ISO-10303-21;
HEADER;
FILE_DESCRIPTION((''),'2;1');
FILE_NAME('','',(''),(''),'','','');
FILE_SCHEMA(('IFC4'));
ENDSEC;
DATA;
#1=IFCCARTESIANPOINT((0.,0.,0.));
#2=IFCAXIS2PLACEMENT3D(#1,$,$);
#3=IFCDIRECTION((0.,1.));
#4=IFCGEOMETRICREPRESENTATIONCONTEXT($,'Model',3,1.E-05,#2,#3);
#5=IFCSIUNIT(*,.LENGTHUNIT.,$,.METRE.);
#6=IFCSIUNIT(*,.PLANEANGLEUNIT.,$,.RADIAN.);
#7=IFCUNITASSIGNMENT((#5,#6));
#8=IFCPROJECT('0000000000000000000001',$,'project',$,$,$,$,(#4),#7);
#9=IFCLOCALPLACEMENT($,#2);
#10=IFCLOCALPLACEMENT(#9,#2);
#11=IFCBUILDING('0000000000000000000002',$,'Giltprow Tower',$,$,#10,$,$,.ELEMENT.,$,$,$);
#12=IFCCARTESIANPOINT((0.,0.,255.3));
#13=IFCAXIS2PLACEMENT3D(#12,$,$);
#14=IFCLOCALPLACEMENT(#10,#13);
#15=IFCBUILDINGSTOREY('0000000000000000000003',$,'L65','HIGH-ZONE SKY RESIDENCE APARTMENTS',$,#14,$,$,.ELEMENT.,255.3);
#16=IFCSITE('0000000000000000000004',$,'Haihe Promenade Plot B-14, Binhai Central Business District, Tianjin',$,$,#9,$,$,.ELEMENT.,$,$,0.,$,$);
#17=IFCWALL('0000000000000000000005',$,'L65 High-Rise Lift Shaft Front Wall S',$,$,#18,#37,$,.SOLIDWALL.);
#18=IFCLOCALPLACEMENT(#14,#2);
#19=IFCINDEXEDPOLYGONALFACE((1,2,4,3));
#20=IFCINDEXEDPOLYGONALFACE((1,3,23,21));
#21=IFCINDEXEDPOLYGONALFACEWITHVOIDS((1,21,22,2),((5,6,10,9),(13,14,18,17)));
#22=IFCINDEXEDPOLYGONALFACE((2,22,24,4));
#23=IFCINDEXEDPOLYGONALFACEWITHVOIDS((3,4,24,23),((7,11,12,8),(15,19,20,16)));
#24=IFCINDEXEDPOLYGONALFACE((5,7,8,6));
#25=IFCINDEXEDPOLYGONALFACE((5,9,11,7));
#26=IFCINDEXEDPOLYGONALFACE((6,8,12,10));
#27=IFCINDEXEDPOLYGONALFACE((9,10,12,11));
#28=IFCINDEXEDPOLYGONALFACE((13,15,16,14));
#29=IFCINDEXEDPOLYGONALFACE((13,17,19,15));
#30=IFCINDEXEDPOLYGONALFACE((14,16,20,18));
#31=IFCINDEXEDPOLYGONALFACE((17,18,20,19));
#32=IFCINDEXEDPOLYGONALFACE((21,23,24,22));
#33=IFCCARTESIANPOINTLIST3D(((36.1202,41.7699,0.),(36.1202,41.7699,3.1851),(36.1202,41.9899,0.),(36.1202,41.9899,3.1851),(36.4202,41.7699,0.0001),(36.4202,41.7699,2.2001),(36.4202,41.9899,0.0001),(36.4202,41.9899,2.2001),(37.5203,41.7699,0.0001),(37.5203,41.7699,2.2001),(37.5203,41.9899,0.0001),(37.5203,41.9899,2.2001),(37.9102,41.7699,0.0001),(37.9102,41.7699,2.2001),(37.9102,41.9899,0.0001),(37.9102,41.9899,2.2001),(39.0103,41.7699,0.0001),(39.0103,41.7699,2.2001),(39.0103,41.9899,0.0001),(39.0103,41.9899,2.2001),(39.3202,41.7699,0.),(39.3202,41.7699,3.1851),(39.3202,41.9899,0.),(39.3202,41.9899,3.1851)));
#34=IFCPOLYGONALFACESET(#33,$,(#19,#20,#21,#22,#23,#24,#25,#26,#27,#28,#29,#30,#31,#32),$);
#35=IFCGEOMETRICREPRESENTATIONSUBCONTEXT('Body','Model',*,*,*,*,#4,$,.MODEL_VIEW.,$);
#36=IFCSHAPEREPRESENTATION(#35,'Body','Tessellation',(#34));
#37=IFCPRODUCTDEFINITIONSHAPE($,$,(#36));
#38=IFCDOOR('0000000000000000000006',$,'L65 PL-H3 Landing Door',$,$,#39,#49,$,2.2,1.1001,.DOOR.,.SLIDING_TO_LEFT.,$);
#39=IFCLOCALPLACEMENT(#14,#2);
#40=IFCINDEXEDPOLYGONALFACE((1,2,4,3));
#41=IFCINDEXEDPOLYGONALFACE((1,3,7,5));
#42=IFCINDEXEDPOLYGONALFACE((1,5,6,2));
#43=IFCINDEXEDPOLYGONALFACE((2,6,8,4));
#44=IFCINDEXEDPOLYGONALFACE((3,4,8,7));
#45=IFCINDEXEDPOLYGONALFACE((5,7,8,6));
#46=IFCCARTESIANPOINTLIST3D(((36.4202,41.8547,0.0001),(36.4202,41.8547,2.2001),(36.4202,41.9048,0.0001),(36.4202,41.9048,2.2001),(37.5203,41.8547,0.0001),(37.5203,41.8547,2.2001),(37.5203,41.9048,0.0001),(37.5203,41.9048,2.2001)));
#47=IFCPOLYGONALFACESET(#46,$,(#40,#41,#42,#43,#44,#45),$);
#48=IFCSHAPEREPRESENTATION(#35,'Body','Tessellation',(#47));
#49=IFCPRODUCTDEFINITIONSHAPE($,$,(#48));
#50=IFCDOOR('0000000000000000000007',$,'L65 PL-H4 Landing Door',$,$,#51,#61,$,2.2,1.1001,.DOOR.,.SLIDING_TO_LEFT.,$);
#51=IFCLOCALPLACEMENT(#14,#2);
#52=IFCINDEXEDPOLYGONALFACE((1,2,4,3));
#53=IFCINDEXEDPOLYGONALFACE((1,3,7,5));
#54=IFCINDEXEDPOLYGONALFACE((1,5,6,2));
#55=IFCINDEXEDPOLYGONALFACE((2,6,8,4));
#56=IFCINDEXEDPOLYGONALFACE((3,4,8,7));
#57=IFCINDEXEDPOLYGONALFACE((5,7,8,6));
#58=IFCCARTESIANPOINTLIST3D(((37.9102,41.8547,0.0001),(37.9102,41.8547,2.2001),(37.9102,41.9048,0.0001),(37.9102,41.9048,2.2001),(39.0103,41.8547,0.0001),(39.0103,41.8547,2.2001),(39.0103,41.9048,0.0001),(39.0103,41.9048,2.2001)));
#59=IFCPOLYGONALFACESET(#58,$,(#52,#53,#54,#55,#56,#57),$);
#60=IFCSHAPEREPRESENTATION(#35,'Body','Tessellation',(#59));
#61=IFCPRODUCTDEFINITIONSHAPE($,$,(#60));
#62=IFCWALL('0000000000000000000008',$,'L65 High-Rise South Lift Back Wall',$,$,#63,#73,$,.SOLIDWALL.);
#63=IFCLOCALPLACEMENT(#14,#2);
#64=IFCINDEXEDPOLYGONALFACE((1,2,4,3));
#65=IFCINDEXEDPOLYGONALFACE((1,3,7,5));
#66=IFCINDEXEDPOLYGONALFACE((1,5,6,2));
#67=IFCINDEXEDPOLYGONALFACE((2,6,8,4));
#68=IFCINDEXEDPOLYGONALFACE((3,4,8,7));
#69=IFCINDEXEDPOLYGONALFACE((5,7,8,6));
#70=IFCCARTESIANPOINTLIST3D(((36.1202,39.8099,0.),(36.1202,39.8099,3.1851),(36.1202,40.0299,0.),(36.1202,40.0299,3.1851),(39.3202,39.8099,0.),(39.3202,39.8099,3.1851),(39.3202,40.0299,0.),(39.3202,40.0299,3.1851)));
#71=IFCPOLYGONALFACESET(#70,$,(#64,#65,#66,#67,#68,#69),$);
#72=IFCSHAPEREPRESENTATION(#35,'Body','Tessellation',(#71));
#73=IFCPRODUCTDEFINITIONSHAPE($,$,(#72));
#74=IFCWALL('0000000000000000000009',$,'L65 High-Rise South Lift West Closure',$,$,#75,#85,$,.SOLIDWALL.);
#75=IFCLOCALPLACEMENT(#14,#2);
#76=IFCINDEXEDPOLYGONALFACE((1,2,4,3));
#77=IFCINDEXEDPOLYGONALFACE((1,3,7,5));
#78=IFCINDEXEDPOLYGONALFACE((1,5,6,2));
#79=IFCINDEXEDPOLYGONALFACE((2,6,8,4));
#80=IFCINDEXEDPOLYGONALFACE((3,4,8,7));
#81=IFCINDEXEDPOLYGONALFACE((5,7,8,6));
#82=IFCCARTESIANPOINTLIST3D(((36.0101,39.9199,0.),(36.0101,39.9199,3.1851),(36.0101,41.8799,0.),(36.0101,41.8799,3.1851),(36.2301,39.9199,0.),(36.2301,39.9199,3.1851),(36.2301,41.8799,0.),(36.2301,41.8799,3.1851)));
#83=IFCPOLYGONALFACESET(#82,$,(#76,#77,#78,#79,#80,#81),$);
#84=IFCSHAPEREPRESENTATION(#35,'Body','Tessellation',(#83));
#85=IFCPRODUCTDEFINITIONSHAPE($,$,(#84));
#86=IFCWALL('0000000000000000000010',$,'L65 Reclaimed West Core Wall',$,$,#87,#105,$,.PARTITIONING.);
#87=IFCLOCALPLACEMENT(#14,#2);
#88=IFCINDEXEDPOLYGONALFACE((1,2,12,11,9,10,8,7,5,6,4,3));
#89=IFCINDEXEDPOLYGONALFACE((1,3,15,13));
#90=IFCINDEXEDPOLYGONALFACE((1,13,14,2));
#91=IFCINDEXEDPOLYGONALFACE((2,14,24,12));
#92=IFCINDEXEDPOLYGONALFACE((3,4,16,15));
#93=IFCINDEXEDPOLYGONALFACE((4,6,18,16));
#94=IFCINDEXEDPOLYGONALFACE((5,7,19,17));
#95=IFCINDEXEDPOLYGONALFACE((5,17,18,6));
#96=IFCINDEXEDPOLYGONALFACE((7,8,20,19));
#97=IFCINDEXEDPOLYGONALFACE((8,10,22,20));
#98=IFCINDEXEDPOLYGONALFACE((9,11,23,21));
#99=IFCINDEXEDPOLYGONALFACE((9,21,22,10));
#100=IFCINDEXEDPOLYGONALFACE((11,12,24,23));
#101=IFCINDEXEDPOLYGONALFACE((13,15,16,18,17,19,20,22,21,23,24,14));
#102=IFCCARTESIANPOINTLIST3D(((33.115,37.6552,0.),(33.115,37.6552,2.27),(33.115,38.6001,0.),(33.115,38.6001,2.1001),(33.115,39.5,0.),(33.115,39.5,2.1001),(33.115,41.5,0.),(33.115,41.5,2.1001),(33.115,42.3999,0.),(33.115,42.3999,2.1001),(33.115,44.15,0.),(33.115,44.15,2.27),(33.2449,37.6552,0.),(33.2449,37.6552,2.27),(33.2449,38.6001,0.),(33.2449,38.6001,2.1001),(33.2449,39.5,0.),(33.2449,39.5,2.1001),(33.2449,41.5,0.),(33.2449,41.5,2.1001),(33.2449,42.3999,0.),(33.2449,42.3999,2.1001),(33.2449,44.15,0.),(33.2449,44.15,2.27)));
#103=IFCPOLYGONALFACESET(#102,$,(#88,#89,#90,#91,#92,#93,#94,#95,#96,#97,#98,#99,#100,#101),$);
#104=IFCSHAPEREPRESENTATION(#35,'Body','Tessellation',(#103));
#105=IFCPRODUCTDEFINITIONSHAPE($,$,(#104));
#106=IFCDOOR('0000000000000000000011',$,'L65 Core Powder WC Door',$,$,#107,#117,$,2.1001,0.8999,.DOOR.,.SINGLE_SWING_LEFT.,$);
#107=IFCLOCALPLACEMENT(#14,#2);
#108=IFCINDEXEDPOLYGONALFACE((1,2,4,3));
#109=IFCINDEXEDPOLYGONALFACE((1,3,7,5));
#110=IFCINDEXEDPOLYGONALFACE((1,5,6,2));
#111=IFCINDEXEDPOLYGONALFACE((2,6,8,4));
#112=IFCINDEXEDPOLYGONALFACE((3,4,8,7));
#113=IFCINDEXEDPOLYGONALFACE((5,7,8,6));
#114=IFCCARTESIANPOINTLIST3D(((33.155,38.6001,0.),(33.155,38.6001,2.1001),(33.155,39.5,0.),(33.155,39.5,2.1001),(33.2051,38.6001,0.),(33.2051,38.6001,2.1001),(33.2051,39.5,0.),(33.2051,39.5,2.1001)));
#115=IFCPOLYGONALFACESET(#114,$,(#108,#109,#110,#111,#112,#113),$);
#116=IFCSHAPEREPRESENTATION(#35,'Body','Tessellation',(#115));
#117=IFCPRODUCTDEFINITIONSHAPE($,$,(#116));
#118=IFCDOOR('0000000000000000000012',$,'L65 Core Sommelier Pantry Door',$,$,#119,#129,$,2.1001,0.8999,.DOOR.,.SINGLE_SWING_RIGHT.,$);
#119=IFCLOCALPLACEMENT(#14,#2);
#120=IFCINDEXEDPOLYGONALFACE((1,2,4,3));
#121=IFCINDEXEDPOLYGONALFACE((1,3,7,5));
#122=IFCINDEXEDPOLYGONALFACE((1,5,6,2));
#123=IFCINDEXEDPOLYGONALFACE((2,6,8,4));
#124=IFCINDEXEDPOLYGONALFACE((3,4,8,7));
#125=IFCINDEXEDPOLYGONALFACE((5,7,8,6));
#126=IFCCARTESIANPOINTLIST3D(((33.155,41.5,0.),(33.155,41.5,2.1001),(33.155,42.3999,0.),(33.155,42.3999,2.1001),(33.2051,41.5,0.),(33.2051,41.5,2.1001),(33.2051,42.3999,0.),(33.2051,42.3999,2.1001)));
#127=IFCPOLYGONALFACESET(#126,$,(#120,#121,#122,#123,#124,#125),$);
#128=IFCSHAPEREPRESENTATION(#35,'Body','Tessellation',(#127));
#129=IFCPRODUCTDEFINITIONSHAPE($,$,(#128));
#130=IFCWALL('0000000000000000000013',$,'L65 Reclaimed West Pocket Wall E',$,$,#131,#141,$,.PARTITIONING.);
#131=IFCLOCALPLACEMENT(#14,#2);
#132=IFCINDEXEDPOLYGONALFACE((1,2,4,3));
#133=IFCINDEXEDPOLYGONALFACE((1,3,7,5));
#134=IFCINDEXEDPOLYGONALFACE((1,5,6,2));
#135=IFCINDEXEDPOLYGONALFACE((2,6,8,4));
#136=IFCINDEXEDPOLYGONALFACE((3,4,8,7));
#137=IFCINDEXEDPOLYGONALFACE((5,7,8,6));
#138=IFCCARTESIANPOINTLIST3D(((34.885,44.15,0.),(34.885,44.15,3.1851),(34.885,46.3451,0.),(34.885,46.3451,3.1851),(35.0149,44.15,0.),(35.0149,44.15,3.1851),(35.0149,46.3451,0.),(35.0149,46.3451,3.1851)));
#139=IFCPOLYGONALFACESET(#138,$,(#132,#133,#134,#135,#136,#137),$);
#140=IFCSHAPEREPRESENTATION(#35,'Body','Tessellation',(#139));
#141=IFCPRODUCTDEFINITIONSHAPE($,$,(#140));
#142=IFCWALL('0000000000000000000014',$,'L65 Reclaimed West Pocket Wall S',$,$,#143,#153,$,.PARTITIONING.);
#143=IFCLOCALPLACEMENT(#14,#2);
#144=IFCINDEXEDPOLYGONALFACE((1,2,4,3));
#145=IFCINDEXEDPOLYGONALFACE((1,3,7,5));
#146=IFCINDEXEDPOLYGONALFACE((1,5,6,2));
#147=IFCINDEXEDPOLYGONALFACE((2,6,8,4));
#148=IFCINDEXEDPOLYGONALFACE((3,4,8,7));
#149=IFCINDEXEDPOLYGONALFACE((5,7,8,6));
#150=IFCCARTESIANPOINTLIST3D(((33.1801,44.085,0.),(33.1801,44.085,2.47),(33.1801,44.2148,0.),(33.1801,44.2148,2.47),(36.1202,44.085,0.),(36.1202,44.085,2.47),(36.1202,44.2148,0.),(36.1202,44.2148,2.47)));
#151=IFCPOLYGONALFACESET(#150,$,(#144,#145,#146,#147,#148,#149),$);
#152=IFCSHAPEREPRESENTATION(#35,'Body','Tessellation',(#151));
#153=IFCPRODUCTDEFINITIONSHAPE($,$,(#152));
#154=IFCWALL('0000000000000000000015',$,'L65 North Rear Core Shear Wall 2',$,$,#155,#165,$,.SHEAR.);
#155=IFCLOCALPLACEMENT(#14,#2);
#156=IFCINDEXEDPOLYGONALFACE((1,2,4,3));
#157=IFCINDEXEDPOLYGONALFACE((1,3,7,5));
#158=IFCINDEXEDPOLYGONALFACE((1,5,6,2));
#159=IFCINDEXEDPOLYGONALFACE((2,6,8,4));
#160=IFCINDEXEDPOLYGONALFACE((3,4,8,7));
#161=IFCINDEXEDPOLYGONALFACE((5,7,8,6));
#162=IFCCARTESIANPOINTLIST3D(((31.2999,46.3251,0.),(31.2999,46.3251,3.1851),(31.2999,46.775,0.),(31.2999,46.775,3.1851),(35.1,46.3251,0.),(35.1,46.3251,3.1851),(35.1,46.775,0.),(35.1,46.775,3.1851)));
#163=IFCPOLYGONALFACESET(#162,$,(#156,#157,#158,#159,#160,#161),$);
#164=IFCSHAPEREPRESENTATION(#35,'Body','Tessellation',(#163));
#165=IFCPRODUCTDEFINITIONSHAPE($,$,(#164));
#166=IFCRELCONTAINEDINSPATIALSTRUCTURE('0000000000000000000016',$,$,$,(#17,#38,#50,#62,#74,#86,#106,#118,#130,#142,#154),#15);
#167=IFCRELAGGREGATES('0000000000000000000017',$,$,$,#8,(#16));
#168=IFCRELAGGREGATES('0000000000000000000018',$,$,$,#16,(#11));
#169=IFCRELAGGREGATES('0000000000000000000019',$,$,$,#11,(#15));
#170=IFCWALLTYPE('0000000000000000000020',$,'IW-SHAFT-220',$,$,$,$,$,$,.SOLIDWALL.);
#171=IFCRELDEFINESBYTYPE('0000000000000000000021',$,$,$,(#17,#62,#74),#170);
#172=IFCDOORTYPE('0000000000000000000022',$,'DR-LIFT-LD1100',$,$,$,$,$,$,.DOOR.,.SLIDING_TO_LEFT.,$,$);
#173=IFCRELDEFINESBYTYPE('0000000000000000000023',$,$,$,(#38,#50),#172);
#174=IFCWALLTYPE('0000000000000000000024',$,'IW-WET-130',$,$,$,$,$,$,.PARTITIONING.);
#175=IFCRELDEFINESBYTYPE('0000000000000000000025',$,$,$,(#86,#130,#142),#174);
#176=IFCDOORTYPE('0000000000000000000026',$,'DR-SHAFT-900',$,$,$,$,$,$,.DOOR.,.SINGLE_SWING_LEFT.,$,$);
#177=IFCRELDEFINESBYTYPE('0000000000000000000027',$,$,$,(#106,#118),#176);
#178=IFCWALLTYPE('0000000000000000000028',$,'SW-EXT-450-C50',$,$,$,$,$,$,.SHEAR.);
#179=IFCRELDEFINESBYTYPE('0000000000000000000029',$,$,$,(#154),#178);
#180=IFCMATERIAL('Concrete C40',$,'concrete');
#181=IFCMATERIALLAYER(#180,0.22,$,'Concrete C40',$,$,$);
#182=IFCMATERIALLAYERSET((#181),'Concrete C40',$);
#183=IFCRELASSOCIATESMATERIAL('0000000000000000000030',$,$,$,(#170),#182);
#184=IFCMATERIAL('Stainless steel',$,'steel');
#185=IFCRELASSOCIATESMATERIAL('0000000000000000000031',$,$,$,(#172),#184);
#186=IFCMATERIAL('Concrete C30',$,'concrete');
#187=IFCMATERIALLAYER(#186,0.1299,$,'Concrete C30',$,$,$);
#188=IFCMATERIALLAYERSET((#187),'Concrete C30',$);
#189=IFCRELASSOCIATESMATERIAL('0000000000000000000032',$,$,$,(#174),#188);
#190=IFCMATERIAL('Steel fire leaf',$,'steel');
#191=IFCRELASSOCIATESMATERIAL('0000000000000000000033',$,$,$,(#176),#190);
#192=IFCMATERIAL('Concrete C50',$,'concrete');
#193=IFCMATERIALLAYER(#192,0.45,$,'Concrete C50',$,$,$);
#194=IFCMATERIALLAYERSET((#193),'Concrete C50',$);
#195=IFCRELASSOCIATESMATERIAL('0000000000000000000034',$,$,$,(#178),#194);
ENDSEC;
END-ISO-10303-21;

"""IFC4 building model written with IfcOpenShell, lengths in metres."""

from ifc_helpers import new_model, si_unit, direction, frame, frame_2d, origin, place, context, subcontext, project, spatial, rectangle, extrude, source, transform, mapped, material, layer, layer_set, type_object, element, fill, save


model = new_model("IFC4")

# Units and contexts
model_context = context("Model", 3, precision=1e-05, world=origin(), true_north=direction((0.0, 1.0)))
body_context = subcontext(model_context, "Body", "Model", "MODEL_VIEW")
ifc_project = project(units=[si_unit("LENGTHUNIT", "METRE"), si_unit("PLANEANGLEUNIT", "RADIAN")], contexts=[model_context])

# Site, building, storey
site_placement = place(None, origin())
site = spatial("IfcSite", under=ifc_project, at=site_placement, Name="Haihe Promenade Plot B-14, Binhai Central Business District, Tianjin", CompositionType="ELEMENT", RefElevation=0.0)
building_placement = place(site_placement, origin())
building = spatial("IfcBuilding", under=site, at=building_placement, Name="Giltprow Tower", CompositionType="ELEMENT")
storey_placement = place(building_placement, frame((0.0, 0.0, 255.3)))
storey = spatial("IfcBuildingStorey", under=building, at=storey_placement, Name="L65", Description="HIGH-ZONE SKY RESIDENCE APARTMENTS", CompositionType="ELEMENT", Elevation=255.3)

# Shared definitions
ifc_material_1 = material(Name="Concrete C50", Category="concrete")

# Wall, openings, doors
ifc_material_2 = material(Name="Concrete C40", Category="concrete")
ifc_layer_1 = layer(ifc_material_2, 0.22, Name="Concrete C40")
ifc_layer_set_1 = layer_set([ifc_layer_1], Name="Concrete C40")
wall_type_1 = type_object("IfcWallType", Name="IW-SHAFT-220", PredefinedType="SOLIDWALL", material=ifc_layer_set_1)
ifc_material_3 = material(Name="Stainless steel", Category="steel")
door_type_1 = type_object("IfcDoorType", Name="DR-LIFT-LD1100", OperationType="SLIDING_TO_LEFT", PredefinedType="DOOR", material=ifc_material_3)
shared_shape_1 = source(origin(), body_context, "Body", "SweptSolid", [
    extrude(rectangle(XDim=1.1001, YDim=2.2, at=frame_2d((0.55, 1.1001))), frame((0.0, 0.0249, 0.0), z_axis=(0.0, -1.0, 0.0), x_axis=(1.0, 0.0, 0.0)), (0.0, 0.0, 1.0), 0.05),
])
wall_1_placement = place(storey_placement, frame((36.1201, 41.8799, 0.0), z_axis=(0.0, 0.0, 1.0), x_axis=(1.0, 0.0, 0.0)))
wall_1 = element("IfcWall", 1, at=wall_1_placement, inside=storey, type_object=wall_type_1, Name="L65 High-Rise Lift Shaft Front Wall S", PredefinedType="SOLIDWALL", context=body_context, shape_type="SweptSolid", body=[
    extrude(rectangle(XDim=3.2, YDim=0.22, at=frame_2d((1.6001, 0.0))), origin(), (0.0, 0.0, 1.0), 3.1851),
])
opening_1_placement = place(wall_1_placement, frame((0.3, 0.0, 0.0)))
opening_1 = element("IfcOpeningElement", 2, at=opening_1_placement, cuts=wall_1, PredefinedType="OPENING", context=body_context, shape_type="SweptSolid", body=[
    extrude(rectangle(XDim=1.1001, YDim=2.2, at=frame_2d((0.55, 1.1001))), frame((0.0, 0.1199, 0.0), z_axis=(0.0, -1.0, 0.0), x_axis=(1.0, 0.0, 0.0)), (0.0, 0.0, 1.0), 0.24),
])
opening_2_placement = place(wall_1_placement, frame((1.79, 0.0, 0.0)))
opening_2 = element("IfcOpeningElement", 3, at=opening_2_placement, cuts=wall_1, PredefinedType="OPENING", context=body_context, shape_type="SweptSolid", body=[
    extrude(rectangle(XDim=1.1001, YDim=2.2, at=frame_2d((0.55, 1.1001))), frame((0.0, 0.1199, 0.0), z_axis=(0.0, -1.0, 0.0), x_axis=(1.0, 0.0, 0.0)), (0.0, 0.0, 1.0), 0.24),
])
door_1_placement = place(opening_1_placement, origin())
door_1 = element("IfcDoor", 4, at=door_1_placement, inside=storey, type_object=door_type_1, Name="L65 PL-H3 Landing Door", OperationType="SLIDING_TO_LEFT", OverallHeight=2.2, OverallWidth=1.1001, PredefinedType="DOOR", context=body_context, shape_type="MappedRepresentation", body=[
    mapped(shared_shape_1, transform((0.0, 0.0, 0.0), x_axis=(1.0, 0.0, 0.0), y_axis=(0.0, 1.0, 0.0), z_axis=(0.0, 0.0, 1.0), scale=1.0)),
])
fill(opening_1, door_1)
door_2_placement = place(opening_2_placement, origin())
door_2 = element("IfcDoor", 5, at=door_2_placement, inside=storey, type_object=door_type_1, Name="L65 PL-H4 Landing Door", OperationType="SLIDING_TO_LEFT", OverallHeight=2.2, OverallWidth=1.1001, PredefinedType="DOOR", context=body_context, shape_type="MappedRepresentation", body=[
    mapped(shared_shape_1, transform((0.0, 0.0, 0.0), x_axis=(1.0, 0.0, 0.0), y_axis=(0.0, 1.0, 0.0), z_axis=(0.0, 0.0, 1.0), scale=1.0)),
])
fill(opening_2, door_2)

# Walls
wall_2_placement = place(storey_placement, frame((36.1201, 39.9199, 0.0), z_axis=(0.0, 0.0, 1.0), x_axis=(1.0, 0.0, 0.0)))
element("IfcWall", 6, at=wall_2_placement, inside=storey, type_object=wall_type_1, Name="L65 High-Rise South Lift Back Wall", PredefinedType="SOLIDWALL", context=body_context, shape_type="SweptSolid", body=[
    extrude(rectangle(XDim=3.2, YDim=0.22, at=frame_2d((1.6001, 0.0))), origin(), (0.0, 0.0, 1.0), 3.1851),
])
wall_3_placement = place(storey_placement, frame((36.1201, 39.9199, 0.0), z_axis=(0.0, 0.0, 1.0), x_axis=(0.0, 1.0, 0.0)))
element("IfcWall", 7, at=wall_3_placement, inside=storey, type_object=wall_type_1, Name="L65 High-Rise South Lift West Closure", PredefinedType="SOLIDWALL", context=body_context, shape_type="SweptSolid", body=[
    extrude(rectangle(XDim=1.96, YDim=0.22, at=frame_2d((0.98, 0.0))), origin(), (0.0, 0.0, 1.0), 3.1851),
])

# Wall, openings, doors
ifc_material_4 = material(Name="Concrete C30", Category="concrete")
ifc_layer_2 = layer(ifc_material_4, 0.1299, Name="Concrete C30")
ifc_layer_set_2 = layer_set([ifc_layer_2], Name="Concrete C30")
wall_type_2 = type_object("IfcWallType", Name="IW-WET-130", PredefinedType="PARTITIONING", material=ifc_layer_set_2)
wall_4_placement = place(storey_placement, frame((33.1799, 37.655, 0.0), z_axis=(0.0, 0.0, 1.0), x_axis=(0.0, 1.0, 0.0)))
wall_4 = element("IfcWall", 8, at=wall_4_placement, inside=storey, type_object=wall_type_2, Name="L65 Reclaimed West Core Wall", PredefinedType="PARTITIONING", context=body_context, shape_type="SweptSolid", body=[
    extrude(rectangle(XDim=6.4949, YDim=0.1299, at=frame_2d((3.2476, 0.0))), origin(), (0.0, 0.0, 1.0), 2.27),
])
opening_3_placement = place(wall_4_placement, frame((0.9451, 0.0, 0.0)))
opening_3 = element("IfcOpeningElement", 9, at=opening_3_placement, cuts=wall_4, PredefinedType="OPENING", context=body_context, shape_type="SweptSolid", body=[
    extrude(rectangle(XDim=0.8999, YDim=2.1001, at=frame_2d((0.45, 1.05))), frame((0.0, 0.075, 0.0), z_axis=(0.0, -1.0, 0.0), x_axis=(1.0, 0.0, 0.0)), (0.0, 0.0, 1.0), 0.1499),
])
opening_4_placement = place(wall_4_placement, frame((3.845, 0.0, 0.0)))
opening_4 = element("IfcOpeningElement", 10, at=opening_4_placement, cuts=wall_4, PredefinedType="OPENING", context=body_context, shape_type="SweptSolid", body=[
    extrude(rectangle(XDim=0.8999, YDim=2.1001, at=frame_2d((0.45, 1.05))), frame((0.0, 0.075, 0.0), z_axis=(0.0, -1.0, 0.0), x_axis=(1.0, 0.0, 0.0)), (0.0, 0.0, 1.0), 0.1499),
])
ifc_material_5 = material(Name="Steel fire leaf", Category="steel")
door_type_2 = type_object("IfcDoorType", Name="DR-SHAFT-900", OperationType="SINGLE_SWING_LEFT", PredefinedType="DOOR", material=ifc_material_5)
shared_shape_2 = source(origin(), body_context, "Body", "SweptSolid", [
    extrude(rectangle(XDim=0.8999, YDim=2.1001, at=frame_2d((0.45, 1.05))), frame((0.0, 0.0249, 0.0), z_axis=(0.0, -1.0, 0.0), x_axis=(1.0, 0.0, 0.0)), (0.0, 0.0, 1.0), 0.05),
])
door_3_placement = place(opening_3_placement, origin())
door_3 = element("IfcDoor", 11, at=door_3_placement, inside=storey, type_object=door_type_2, Name="L65 Core Powder WC Door", OperationType="SINGLE_SWING_LEFT", OverallHeight=2.1001, OverallWidth=0.8999, PredefinedType="DOOR", context=body_context, shape_type="MappedRepresentation", body=[
    mapped(shared_shape_2, transform((0.0, 0.0, 0.0), x_axis=(1.0, 0.0, 0.0), y_axis=(0.0, 1.0, 0.0), z_axis=(0.0, 0.0, 1.0), scale=1.0)),
])
fill(opening_3, door_3)
door_4_placement = place(opening_4_placement, origin())
door_4 = element("IfcDoor", 12, at=door_4_placement, inside=storey, type_object=door_type_2, Name="L65 Core Sommelier Pantry Door", OperationType="SINGLE_SWING_RIGHT", OverallHeight=2.1001, OverallWidth=0.8999, PredefinedType="DOOR", context=body_context, shape_type="MappedRepresentation", body=[
    mapped(shared_shape_2, transform((0.0, 0.0, 0.0), x_axis=(1.0, 0.0, 0.0), y_axis=(0.0, 1.0, 0.0), z_axis=(0.0, 0.0, 1.0), scale=1.0)),
])
fill(opening_4, door_4)

# Walls
wall_5_placement = place(storey_placement, frame((34.95, 44.1499, 0.0), z_axis=(0.0, 0.0, 1.0), x_axis=(0.0, 1.0, 0.0)))
element("IfcWall", 13, at=wall_5_placement, inside=storey, type_object=wall_type_2, Name="L65 Reclaimed West Pocket Wall E", PredefinedType="PARTITIONING", context=body_context, shape_type="SweptSolid", body=[
    extrude(rectangle(XDim=2.1951, YDim=0.1299, at=frame_2d((1.0977, 0.0))), origin(), (0.0, 0.0, 1.0), 3.1851),
])
wall_6_placement = place(storey_placement, frame((33.1799, 44.1499, 0.0), z_axis=(0.0, 0.0, 1.0), x_axis=(1.0, 0.0, 0.0)))
element("IfcWall", 14, at=wall_6_placement, inside=storey, type_object=wall_type_2, Name="L65 Reclaimed West Pocket Wall S", PredefinedType="PARTITIONING", context=body_context, shape_type="SweptSolid", body=[
    extrude(rectangle(XDim=2.9402, YDim=0.1299, at=frame_2d((1.4702, 0.0))), origin(), (0.0, 0.0, 1.0), 2.47),
])
ifc_layer_3 = layer(ifc_material_1, 0.45, Name="Concrete C50")
ifc_layer_set_3 = layer_set([ifc_layer_3], Name="Concrete C50")
wall_type_3 = type_object("IfcWallType", Name="SW-EXT-450-C50", PredefinedType="SHEAR", material=ifc_layer_set_3)
wall_7_placement = place(storey_placement, frame((31.3, 46.55, 0.0), z_axis=(0.0, 0.0, 1.0), x_axis=(1.0, 0.0, 0.0)))
element("IfcWall", 15, at=wall_7_placement, inside=storey, type_object=wall_type_3, Name="L65 North Rear Core Shear Wall 2", PredefinedType="SHEAR", context=body_context, shape_type="SweptSolid", body=[
    extrude(rectangle(XDim=3.8, YDim=0.45, at=frame_2d((1.8999, 0.0))), origin(), (0.0, 0.0, 1.0), 3.1851),
])

save(model, "model.ifc")
